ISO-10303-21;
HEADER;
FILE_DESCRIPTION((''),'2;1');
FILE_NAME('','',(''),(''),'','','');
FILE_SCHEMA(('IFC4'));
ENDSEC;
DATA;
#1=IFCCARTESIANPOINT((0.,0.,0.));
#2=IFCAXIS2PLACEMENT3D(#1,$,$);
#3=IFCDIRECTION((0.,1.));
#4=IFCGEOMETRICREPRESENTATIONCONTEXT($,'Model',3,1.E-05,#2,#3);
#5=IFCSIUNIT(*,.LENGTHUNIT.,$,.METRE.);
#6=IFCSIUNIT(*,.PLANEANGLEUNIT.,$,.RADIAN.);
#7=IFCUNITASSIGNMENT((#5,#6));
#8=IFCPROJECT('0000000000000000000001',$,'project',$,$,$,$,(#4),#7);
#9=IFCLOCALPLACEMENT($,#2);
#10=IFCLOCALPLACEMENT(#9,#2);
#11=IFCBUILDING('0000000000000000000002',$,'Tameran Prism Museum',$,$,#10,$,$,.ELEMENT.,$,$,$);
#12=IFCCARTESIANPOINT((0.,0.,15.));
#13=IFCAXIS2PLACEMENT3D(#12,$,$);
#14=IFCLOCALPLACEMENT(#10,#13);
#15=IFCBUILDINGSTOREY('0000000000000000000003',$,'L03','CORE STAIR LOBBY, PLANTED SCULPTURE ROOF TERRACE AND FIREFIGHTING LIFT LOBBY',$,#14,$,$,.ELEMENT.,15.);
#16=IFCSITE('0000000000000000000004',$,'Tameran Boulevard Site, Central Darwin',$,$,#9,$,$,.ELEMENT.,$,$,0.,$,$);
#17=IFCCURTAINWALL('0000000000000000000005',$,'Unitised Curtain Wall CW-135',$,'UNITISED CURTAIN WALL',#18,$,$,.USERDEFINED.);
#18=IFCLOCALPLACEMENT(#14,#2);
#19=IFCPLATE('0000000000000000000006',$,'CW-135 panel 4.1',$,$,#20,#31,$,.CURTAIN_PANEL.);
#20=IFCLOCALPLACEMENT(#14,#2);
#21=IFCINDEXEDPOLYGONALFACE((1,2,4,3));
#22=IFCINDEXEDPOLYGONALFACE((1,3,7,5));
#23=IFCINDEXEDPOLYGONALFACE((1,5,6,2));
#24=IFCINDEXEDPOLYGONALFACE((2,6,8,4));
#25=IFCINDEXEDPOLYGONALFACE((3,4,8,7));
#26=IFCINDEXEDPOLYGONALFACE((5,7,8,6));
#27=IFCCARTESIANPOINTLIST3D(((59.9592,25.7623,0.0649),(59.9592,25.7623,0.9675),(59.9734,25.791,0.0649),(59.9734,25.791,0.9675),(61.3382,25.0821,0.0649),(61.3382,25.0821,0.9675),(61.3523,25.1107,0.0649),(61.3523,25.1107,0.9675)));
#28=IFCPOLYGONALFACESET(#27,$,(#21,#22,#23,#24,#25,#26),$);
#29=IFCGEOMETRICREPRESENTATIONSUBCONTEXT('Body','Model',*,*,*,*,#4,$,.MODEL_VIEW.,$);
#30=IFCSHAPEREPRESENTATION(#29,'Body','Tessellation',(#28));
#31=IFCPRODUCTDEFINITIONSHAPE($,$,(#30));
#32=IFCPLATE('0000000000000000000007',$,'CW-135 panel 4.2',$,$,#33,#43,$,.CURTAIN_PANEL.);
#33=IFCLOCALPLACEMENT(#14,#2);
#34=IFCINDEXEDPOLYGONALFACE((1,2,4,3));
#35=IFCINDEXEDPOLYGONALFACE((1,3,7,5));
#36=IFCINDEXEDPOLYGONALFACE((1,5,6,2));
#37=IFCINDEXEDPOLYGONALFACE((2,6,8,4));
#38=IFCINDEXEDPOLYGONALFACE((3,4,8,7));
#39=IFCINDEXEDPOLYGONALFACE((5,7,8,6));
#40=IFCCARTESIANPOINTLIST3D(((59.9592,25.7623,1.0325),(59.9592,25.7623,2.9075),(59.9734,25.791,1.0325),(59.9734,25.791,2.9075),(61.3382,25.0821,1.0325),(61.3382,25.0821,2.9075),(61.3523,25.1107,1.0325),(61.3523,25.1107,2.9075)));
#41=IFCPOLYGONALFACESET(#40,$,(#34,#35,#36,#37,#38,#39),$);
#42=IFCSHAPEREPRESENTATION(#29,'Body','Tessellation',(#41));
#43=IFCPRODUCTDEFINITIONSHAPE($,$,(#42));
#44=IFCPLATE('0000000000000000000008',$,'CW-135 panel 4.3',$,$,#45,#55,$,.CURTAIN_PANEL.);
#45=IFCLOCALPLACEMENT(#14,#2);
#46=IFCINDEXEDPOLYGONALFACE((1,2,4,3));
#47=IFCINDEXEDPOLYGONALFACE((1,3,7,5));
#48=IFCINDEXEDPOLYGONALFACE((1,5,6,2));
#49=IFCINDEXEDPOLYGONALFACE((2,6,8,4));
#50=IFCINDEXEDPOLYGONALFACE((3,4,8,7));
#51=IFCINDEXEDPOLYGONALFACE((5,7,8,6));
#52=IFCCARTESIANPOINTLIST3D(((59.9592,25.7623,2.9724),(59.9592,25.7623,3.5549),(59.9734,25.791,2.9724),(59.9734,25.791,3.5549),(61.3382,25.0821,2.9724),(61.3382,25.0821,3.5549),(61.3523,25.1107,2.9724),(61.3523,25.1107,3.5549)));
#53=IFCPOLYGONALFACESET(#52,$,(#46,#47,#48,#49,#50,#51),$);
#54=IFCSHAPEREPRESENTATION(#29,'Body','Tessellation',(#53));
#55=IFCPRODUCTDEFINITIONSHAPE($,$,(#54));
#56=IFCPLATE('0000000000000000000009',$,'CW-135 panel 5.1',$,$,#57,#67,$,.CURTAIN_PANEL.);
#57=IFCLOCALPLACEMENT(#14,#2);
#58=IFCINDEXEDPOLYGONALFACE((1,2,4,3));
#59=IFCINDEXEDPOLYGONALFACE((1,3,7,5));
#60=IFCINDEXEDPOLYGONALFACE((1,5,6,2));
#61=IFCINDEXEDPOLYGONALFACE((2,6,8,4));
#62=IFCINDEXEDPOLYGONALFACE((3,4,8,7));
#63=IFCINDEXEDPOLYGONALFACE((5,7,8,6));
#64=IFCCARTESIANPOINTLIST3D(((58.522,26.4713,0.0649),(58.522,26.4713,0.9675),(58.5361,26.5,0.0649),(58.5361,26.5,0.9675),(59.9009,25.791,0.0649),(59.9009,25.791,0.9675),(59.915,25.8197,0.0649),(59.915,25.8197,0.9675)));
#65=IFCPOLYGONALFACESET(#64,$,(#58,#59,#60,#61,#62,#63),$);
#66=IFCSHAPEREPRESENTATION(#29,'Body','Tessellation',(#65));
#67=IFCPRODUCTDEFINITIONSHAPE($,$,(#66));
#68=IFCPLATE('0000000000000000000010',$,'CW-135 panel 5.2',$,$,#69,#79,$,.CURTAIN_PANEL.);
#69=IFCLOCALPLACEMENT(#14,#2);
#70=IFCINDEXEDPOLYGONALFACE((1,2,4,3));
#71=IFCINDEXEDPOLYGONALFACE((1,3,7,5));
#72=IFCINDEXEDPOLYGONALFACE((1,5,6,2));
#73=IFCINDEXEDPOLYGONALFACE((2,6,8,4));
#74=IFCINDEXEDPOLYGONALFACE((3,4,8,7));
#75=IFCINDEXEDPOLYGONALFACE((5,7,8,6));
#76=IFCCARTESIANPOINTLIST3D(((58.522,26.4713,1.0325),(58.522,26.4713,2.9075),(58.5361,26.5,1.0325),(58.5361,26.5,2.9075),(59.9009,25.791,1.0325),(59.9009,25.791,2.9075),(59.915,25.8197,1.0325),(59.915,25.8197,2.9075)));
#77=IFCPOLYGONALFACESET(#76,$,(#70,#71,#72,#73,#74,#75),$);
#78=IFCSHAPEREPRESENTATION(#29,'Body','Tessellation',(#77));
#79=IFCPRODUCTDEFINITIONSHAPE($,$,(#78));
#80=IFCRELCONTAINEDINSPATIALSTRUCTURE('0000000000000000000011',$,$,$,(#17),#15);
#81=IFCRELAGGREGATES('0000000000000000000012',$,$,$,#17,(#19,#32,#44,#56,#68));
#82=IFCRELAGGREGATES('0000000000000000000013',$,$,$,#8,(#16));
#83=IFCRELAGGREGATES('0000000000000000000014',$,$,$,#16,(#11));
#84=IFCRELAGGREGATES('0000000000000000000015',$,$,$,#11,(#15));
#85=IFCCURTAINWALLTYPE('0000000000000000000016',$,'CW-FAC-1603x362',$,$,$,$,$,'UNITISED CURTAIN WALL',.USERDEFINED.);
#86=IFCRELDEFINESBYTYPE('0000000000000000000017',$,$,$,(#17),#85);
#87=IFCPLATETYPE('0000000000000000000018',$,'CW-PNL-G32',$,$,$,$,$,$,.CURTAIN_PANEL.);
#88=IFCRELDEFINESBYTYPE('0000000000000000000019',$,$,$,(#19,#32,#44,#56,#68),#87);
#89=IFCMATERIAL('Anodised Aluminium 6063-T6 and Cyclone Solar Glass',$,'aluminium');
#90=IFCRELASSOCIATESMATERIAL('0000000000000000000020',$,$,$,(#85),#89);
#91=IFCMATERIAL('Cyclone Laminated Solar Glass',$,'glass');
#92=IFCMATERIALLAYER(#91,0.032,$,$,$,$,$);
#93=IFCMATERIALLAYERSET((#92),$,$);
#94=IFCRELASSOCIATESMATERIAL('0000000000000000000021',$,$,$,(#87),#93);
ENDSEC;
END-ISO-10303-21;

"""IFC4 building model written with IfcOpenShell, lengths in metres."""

from ifc_helpers import new_model, si_unit, direction, frame, origin, origin_2d, place, context, subcontext, project, spatial, rectangle, extrude, material, layer, layer_set, type_object, element, aggregate, save


model = new_model("IFC4")

# Units and contexts
model_context = context("Model", 3, precision=1e-05, world=origin(), true_north=direction((0.0, 1.0)))
body_context = subcontext(model_context, "Body", "Model", "MODEL_VIEW")
ifc_project = project(units=[si_unit("LENGTHUNIT", "METRE"), si_unit("PLANEANGLEUNIT", "RADIAN")], contexts=[model_context])

# Site, building, storey
site_placement = place(None, origin())
site = spatial("IfcSite", under=ifc_project, at=site_placement, Name="Tameran Boulevard Site, Central Darwin", CompositionType="ELEMENT", RefElevation=0.0)
building_placement = place(site_placement, origin())
building = spatial("IfcBuilding", under=site, at=building_placement, Name="Tameran Prism Museum", CompositionType="ELEMENT")
storey_placement = place(building_placement, frame((0.0, 0.0, 15.0)))
storey = spatial("IfcBuildingStorey", under=building, at=storey_placement, Name="L03", Description="CORE STAIR LOBBY, PLANTED SCULPTURE ROOF TERRACE AND FIREFIGHTING LIFT LOBBY", CompositionType="ELEMENT", Elevation=15.0)

# Curtain wall, plates
ifc_material_1 = material(Name="Anodised Aluminium 6063-T6 and Cyclone Solar Glass", Category="aluminium")
curtain_wall_type = type_object("IfcCurtainWallType", Name="CW-FAC-1603x362", ElementType="UNITISED CURTAIN WALL", PredefinedType="USERDEFINED", material=ifc_material_1)
curtain_wall_placement = place(storey_placement, origin())
curtain_wall = element("IfcCurtainWall", 1, at=curtain_wall_placement, inside=storey, type_object=curtain_wall_type, Name="Unitised Curtain Wall CW-135", ObjectType="UNITISED CURTAIN WALL", PredefinedType="USERDEFINED")
ifc_material_2 = material(Name="Cyclone Laminated Solar Glass", Category="glass")
ifc_layer = layer(ifc_material_2, 0.032)
ifc_layer_set = layer_set([ifc_layer])
plate_type = type_object("IfcPlateType", Name="CW-PNL-G32", PredefinedType="CURTAIN_PANEL", material=ifc_layer_set)
plate_1_placement = place(storey_placement, frame((60.6558, 25.4365, 0.0649), z_axis=(0.0, 0.0, 1.0), x_axis=(-0.896811, 0.442415, 0.0)))
plate_1 = element("IfcPlate", 2, at=plate_1_placement, type_object=plate_type, Name="CW-135 panel 4.1", PredefinedType="CURTAIN_PANEL", context=body_context, shape_type="SweptSolid", body=[
    extrude(rectangle(XDim=1.5376, YDim=0.032, at=origin_2d()), origin(), (0.0, 0.0, 1.0), 0.9026),
])
plate_2_placement = place(storey_placement, frame((60.6558, 25.4365, 1.0325), z_axis=(0.0, 0.0, 1.0), x_axis=(-0.896811, 0.442415, 0.0)))
plate_2 = element("IfcPlate", 3, at=plate_2_placement, type_object=plate_type, Name="CW-135 panel 4.2", PredefinedType="CURTAIN_PANEL", context=body_context, shape_type="SweptSolid", body=[
    extrude(rectangle(XDim=1.5376, YDim=0.032, at=origin_2d()), origin(), (0.0, 0.0, 1.0), 1.875),
])
plate_3_placement = place(storey_placement, frame((60.6558, 25.4365, 2.9724), z_axis=(0.0, 0.0, 1.0), x_axis=(-0.896811, 0.442415, 0.0)))
plate_3 = element("IfcPlate", 4, at=plate_3_placement, type_object=plate_type, Name="CW-135 panel 4.3", PredefinedType="CURTAIN_PANEL", context=body_context, shape_type="SweptSolid", body=[
    extrude(rectangle(XDim=1.5376, YDim=0.032, at=origin_2d()), origin(), (0.0, 0.0, 1.0), 0.5825),
])
plate_4_placement = place(storey_placement, frame((59.2185, 26.1455, 0.0649), z_axis=(0.0, 0.0, 1.0), x_axis=(-0.896811, 0.442415, 0.0)))
plate_4 = element("IfcPlate", 5, at=plate_4_placement, type_object=plate_type, Name="CW-135 panel 5.1", PredefinedType="CURTAIN_PANEL", context=body_context, shape_type="SweptSolid", body=[
    extrude(rectangle(XDim=1.5376, YDim=0.032, at=origin_2d()), origin(), (0.0, 0.0, 1.0), 0.9026),
])
plate_5_placement = place(storey_placement, frame((59.2185, 26.1455, 1.0325), z_axis=(0.0, 0.0, 1.0), x_axis=(-0.896811, 0.442415, 0.0)))
plate_5 = element("IfcPlate", 6, at=plate_5_placement, type_object=plate_type, Name="CW-135 panel 5.2", PredefinedType="CURTAIN_PANEL", context=body_context, shape_type="SweptSolid", body=[
    extrude(rectangle(XDim=1.5376, YDim=0.032, at=origin_2d()), origin(), (0.0, 0.0, 1.0), 1.875),
])
aggregate(curtain_wall, [plate_1, plate_2, plate_3, plate_4, plate_5])

save(model, "model.ifc")
